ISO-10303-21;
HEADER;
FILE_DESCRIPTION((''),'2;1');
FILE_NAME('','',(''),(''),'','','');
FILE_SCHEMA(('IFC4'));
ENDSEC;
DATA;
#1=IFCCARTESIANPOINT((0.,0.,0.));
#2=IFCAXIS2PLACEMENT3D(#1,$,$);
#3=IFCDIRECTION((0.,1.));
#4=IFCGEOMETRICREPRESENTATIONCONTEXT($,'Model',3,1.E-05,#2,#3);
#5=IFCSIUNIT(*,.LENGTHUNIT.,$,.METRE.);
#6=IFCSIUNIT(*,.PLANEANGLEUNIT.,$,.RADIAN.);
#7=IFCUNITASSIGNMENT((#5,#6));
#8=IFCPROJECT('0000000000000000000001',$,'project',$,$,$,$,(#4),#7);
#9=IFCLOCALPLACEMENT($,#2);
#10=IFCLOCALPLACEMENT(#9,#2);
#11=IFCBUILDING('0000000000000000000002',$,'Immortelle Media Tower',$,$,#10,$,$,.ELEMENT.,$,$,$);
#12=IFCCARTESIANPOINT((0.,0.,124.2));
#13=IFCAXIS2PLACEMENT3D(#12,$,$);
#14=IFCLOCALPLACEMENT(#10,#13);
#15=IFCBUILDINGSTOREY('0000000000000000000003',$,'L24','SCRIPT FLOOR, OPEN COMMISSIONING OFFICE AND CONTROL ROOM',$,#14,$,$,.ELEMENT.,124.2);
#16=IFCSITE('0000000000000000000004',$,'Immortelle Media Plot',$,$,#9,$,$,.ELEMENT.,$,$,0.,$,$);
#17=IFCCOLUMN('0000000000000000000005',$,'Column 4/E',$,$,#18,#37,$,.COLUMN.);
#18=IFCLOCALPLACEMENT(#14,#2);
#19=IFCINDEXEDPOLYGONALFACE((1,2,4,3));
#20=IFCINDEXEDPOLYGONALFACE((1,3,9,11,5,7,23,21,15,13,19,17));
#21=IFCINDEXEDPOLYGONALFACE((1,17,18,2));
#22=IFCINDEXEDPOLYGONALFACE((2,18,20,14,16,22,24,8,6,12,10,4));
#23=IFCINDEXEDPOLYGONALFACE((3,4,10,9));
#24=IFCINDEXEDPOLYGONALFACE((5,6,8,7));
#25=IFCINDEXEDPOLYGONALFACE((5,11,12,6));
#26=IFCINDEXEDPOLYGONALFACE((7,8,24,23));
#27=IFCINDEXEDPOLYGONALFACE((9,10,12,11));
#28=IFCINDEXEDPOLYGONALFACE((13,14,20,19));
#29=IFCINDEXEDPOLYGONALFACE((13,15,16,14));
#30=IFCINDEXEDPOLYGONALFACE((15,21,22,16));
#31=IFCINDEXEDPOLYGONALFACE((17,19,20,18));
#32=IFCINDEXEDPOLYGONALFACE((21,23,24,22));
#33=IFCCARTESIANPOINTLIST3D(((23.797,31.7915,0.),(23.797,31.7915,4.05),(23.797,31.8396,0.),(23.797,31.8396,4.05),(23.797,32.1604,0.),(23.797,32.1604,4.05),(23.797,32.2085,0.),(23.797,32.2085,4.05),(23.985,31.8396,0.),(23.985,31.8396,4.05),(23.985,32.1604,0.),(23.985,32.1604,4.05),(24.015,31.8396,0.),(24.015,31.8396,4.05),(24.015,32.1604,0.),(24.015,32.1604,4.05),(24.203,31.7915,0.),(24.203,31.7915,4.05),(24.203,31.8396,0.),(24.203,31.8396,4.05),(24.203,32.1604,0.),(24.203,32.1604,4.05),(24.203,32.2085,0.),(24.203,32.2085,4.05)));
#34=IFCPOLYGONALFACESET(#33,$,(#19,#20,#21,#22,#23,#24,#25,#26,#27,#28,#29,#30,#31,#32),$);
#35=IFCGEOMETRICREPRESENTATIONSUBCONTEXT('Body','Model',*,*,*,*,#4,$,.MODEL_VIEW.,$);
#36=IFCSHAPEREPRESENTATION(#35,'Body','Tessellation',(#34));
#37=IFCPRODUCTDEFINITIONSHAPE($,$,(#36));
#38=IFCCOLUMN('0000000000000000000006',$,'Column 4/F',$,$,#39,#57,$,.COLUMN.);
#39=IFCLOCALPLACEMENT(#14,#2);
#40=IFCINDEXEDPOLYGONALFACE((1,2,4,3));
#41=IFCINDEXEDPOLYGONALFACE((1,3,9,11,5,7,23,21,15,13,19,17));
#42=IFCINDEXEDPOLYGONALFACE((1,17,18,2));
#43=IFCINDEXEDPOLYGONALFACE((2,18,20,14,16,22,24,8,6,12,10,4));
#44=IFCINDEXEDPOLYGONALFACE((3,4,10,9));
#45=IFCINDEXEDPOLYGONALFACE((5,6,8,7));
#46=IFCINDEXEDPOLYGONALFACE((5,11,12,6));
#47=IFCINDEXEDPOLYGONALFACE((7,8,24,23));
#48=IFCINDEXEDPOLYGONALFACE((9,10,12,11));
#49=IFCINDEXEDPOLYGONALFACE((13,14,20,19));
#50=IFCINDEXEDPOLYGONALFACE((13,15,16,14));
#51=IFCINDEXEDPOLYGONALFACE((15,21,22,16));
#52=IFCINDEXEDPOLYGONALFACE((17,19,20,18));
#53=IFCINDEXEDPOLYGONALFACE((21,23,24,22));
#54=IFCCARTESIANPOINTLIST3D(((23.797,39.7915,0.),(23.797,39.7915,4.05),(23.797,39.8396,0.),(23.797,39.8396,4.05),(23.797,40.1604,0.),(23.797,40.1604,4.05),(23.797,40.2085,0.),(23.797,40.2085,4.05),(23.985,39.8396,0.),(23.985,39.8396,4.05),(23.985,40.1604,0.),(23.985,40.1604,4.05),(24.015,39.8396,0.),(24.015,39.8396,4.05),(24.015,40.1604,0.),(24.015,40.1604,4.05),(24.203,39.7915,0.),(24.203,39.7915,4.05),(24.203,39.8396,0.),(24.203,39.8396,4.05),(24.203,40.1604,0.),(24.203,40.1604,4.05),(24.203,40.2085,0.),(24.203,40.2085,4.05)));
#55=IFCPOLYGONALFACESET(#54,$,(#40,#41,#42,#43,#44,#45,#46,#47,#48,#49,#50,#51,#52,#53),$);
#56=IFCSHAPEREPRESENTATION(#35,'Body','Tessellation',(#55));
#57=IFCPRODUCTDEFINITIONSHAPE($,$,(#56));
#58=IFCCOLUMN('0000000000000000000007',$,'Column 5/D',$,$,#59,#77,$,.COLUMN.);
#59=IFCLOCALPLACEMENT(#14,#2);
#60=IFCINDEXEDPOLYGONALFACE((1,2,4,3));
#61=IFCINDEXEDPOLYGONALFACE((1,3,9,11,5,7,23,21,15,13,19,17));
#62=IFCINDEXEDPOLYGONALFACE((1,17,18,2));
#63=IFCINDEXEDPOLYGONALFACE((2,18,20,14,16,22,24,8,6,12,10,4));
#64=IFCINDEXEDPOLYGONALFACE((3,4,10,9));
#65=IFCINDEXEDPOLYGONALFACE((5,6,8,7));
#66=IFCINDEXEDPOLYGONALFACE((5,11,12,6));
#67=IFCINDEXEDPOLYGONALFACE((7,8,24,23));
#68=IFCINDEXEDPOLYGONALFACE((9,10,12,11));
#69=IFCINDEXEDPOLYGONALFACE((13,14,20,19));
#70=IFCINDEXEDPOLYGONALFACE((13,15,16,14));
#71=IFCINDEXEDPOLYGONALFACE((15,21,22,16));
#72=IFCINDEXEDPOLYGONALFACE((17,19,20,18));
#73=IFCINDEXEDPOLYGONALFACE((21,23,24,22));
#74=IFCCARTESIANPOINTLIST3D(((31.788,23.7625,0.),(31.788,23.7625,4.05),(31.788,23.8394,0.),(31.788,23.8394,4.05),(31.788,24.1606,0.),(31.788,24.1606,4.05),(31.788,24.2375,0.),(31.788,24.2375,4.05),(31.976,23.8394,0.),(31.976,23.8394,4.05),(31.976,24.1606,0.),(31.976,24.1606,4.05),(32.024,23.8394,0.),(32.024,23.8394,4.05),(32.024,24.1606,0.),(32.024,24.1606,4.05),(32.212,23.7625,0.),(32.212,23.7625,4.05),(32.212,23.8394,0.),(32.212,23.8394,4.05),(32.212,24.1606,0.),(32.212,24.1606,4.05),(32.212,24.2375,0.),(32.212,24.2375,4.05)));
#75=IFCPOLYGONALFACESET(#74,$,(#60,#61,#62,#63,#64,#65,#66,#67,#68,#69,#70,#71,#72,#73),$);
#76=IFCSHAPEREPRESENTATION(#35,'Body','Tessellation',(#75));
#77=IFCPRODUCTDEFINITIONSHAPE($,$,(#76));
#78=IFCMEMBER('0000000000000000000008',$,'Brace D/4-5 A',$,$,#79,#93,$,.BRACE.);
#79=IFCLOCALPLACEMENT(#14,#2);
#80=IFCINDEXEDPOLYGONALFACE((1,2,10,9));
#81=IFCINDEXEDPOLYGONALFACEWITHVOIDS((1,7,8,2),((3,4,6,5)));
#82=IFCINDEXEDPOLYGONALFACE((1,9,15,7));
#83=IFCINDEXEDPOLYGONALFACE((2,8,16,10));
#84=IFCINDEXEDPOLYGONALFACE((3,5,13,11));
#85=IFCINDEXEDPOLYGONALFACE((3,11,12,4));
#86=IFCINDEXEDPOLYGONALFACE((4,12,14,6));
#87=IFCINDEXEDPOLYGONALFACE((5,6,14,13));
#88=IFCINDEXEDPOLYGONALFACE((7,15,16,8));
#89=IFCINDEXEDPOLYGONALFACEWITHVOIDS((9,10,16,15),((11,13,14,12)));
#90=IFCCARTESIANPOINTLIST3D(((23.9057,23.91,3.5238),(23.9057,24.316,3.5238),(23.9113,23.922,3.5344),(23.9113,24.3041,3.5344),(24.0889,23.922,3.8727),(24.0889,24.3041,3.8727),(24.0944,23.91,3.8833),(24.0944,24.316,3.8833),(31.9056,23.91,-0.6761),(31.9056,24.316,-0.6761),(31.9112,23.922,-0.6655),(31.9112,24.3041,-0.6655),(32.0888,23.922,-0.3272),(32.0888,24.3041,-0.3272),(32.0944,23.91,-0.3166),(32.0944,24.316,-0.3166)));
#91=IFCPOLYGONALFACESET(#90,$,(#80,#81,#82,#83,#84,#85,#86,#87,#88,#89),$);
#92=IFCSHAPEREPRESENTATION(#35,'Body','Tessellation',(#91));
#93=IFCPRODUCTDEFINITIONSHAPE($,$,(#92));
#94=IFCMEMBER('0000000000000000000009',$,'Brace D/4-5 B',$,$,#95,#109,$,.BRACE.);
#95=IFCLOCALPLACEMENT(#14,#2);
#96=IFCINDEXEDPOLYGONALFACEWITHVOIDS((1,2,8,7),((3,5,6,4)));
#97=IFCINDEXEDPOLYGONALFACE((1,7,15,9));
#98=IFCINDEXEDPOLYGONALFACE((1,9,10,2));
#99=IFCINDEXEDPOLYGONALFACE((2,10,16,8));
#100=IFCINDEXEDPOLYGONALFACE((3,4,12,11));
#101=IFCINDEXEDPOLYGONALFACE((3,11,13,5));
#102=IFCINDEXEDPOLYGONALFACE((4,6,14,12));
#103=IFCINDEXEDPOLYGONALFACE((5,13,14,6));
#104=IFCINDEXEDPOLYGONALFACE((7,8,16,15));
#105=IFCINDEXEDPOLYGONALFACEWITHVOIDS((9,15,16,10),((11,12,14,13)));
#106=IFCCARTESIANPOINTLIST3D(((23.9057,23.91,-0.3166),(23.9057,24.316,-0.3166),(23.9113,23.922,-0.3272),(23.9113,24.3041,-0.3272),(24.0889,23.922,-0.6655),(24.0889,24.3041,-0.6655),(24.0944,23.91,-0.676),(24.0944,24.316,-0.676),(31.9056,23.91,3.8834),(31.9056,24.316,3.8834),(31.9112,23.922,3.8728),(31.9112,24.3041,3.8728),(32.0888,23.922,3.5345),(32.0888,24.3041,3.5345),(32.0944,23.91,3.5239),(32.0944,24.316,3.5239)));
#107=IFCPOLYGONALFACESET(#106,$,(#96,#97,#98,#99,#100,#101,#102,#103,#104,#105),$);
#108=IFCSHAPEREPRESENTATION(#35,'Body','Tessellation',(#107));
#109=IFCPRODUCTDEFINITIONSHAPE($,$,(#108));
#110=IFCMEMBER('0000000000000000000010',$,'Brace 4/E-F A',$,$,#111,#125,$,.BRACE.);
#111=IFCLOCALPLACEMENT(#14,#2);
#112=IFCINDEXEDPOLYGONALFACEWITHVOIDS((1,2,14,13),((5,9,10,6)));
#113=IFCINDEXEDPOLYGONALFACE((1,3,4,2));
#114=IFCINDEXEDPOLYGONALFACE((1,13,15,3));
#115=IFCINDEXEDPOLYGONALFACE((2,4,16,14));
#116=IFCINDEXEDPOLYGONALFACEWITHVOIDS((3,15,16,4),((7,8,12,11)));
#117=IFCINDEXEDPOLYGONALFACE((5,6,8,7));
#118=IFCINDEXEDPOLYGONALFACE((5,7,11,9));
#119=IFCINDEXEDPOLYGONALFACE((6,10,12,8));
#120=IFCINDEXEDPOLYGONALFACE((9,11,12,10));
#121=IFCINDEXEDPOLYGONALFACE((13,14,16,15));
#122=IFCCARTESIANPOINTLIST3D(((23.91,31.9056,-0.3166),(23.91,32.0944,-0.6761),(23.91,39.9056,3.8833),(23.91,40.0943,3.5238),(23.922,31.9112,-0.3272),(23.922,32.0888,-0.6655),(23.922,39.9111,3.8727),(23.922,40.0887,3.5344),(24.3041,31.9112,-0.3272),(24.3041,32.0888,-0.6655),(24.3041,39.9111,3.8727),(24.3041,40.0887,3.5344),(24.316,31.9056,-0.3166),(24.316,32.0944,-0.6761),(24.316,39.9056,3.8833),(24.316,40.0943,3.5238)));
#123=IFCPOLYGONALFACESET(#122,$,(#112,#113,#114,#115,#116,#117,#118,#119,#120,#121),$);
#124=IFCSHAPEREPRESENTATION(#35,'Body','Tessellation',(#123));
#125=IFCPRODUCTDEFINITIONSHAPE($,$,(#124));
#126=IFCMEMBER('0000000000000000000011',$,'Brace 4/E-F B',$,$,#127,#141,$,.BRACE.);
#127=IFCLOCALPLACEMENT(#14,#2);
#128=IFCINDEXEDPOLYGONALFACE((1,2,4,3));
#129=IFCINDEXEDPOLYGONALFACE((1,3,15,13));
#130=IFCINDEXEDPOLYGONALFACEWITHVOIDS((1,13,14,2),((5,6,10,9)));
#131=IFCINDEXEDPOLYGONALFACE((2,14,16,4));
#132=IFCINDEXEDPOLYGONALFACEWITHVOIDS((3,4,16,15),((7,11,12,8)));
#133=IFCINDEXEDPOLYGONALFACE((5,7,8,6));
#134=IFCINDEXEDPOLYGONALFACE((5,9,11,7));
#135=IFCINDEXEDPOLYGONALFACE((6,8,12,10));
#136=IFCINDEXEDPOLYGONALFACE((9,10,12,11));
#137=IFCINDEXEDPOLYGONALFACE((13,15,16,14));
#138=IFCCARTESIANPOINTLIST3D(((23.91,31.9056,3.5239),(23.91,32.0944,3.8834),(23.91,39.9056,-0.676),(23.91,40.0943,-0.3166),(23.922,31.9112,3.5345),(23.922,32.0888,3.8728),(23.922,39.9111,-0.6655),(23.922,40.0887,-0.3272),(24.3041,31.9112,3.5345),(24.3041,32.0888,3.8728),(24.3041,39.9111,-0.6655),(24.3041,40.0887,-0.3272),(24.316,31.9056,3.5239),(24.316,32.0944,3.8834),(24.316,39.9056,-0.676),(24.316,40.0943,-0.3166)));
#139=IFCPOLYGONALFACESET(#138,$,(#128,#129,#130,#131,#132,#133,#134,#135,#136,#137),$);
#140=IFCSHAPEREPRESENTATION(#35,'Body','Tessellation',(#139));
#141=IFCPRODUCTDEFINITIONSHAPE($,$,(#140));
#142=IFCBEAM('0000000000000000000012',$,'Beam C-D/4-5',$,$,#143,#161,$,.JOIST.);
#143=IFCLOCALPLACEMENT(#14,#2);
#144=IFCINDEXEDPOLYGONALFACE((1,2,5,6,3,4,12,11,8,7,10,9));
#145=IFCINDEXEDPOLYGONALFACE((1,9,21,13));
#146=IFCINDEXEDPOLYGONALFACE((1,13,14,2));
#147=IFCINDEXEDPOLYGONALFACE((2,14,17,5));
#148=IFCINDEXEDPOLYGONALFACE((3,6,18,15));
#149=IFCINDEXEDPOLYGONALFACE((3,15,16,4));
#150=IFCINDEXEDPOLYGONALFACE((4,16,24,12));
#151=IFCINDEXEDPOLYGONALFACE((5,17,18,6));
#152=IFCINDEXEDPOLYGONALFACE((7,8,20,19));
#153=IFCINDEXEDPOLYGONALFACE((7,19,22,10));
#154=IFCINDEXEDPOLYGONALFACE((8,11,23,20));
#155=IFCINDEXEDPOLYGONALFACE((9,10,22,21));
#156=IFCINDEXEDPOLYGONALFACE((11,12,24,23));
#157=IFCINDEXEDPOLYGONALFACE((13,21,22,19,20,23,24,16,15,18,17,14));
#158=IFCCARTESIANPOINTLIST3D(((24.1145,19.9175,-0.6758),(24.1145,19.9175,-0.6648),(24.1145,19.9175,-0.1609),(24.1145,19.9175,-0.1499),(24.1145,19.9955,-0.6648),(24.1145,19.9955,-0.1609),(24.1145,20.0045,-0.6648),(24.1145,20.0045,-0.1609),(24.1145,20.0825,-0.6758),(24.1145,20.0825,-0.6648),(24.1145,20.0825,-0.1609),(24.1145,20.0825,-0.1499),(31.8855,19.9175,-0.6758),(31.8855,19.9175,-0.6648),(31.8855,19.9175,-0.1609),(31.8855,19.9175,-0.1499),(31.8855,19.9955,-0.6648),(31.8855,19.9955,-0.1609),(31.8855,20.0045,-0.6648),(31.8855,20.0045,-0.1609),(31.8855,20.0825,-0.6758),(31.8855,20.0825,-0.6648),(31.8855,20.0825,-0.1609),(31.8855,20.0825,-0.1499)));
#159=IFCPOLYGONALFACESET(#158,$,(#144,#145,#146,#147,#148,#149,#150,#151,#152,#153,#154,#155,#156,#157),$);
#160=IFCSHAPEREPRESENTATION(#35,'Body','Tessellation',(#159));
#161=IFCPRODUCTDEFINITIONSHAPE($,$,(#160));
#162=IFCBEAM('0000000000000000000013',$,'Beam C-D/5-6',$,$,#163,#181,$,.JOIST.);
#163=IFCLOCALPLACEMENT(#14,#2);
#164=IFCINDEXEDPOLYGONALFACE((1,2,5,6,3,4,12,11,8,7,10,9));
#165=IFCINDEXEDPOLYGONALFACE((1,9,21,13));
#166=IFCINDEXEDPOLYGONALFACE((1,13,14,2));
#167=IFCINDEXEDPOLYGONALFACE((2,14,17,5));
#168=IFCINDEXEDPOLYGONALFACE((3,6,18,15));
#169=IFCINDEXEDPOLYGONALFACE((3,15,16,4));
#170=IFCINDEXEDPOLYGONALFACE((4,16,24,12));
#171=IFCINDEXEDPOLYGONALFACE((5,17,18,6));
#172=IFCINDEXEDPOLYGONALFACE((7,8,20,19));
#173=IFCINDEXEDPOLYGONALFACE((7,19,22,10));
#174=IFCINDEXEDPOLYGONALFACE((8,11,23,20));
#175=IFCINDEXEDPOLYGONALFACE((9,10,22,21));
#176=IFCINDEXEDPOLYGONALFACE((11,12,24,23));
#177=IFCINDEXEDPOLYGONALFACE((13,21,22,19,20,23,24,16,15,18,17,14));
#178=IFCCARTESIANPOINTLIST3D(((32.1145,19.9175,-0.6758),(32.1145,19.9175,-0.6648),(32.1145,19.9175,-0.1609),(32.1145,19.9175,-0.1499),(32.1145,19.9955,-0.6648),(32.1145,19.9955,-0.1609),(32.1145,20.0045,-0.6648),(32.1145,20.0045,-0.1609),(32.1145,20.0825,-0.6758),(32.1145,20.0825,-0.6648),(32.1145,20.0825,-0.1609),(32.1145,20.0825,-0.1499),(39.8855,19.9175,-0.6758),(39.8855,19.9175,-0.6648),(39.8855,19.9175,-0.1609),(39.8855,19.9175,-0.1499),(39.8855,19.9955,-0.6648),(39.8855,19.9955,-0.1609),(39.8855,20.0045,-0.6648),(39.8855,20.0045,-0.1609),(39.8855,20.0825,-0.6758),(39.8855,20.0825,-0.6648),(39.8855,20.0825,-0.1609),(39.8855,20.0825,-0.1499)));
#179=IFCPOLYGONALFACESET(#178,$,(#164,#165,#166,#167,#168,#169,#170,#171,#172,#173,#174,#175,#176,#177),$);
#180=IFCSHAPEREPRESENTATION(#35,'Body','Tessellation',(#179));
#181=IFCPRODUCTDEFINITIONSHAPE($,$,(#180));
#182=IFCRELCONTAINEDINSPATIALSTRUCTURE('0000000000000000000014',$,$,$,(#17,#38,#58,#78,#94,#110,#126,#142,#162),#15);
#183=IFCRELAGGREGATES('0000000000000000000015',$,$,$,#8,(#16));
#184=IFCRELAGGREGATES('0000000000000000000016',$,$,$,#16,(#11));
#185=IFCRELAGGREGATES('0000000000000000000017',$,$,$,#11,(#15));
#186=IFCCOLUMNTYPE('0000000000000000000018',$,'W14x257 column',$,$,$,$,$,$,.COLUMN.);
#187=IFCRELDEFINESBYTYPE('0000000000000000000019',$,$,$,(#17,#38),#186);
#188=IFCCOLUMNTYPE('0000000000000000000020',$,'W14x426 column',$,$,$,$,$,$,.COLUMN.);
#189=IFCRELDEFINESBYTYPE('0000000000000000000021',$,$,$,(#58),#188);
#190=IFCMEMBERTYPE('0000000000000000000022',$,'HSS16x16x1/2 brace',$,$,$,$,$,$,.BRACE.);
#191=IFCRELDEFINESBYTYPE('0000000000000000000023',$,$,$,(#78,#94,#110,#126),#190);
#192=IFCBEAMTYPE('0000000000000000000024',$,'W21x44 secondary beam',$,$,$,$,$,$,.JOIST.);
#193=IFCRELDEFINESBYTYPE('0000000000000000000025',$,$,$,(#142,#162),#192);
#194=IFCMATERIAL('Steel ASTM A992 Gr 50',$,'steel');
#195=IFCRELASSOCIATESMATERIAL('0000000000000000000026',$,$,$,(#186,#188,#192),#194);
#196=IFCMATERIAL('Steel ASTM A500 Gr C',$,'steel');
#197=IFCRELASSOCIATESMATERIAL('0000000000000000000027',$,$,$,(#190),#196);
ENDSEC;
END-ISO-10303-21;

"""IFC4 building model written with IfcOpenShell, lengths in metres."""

from ifc_helpers import new_model, si_unit, direction, frame, origin, origin_2d, place, context, subcontext, project, spatial, hollow_rectangle, i_section, extrude, material, material_profile, profile_set, type_object, element, save


model = new_model("IFC4")

# Units and contexts
model_context = context("Model", 3, precision=1e-05, world=origin(), true_north=direction((0.0, 1.0)))
body_context = subcontext(model_context, "Body", "Model", "MODEL_VIEW")
ifc_project = project(units=[si_unit("LENGTHUNIT", "METRE"), si_unit("PLANEANGLEUNIT", "RADIAN")], contexts=[model_context])

# Site, building, storey
site_placement = place(None, origin())
site = spatial("IfcSite", under=ifc_project, at=site_placement, Name="Immortelle Media Plot", CompositionType="ELEMENT", RefElevation=0.0)
building_placement = place(site_placement, origin())
building = spatial("IfcBuilding", under=site, at=building_placement, Name="Immortelle Media Tower", CompositionType="ELEMENT")
storey_placement = place(building_placement, frame((0.0, 0.0, 124.2)))
storey = spatial("IfcBuildingStorey", under=building, at=storey_placement, Name="L24", Description="SCRIPT FLOOR, OPEN COMMISSIONING OFFICE AND CONTROL ROOM", CompositionType="ELEMENT", Elevation=124.2)

# Columns
ifc_material_1 = material(Name="Steel ASTM A992 Gr 50", Category="steel")
ifc_material_profile_1 = material_profile(ifc_material_1, i_section(OverallWidth=0.406, OverallDepth=0.417, WebThickness=0.03, FlangeThickness=0.0481, at=origin_2d()), Name="W14x257")
ifc_profile_set_1 = profile_set([ifc_material_profile_1], Name="Steel ASTM A992 Gr 50")
column_type_1 = type_object("IfcColumnType", Name="W14x257 column", PredefinedType="COLUMN", material=ifc_profile_set_1)
for number, where, z_axis, x_axis, name in (
    (1, (24.0, 32.0, 0.0), (0.0, 0.0, 1.0), (1.0, 0.0, 0.0), "Column 4/E"),
    (2, (24.0, 40.0, 0.0), (0.0, 0.0, 1.0), (1.0, 0.0, 0.0), "Column 4/F"),
):
    element("IfcColumn", number, at=place(storey_placement, frame(where, z_axis=z_axis, x_axis=x_axis)), inside=storey, type_object=column_type_1, Name=name, PredefinedType="COLUMN", context=body_context, shape_type="SweptSolid", body=[
        extrude(i_section(OverallWidth=0.406, OverallDepth=0.417, WebThickness=0.03, FlangeThickness=0.0481, at=origin_2d()), origin(), (0.0, 0.0, 1.0), 4.05),
    ])
ifc_material_profile_2 = material_profile(ifc_material_1, i_section(OverallWidth=0.4241, OverallDepth=0.4751, WebThickness=0.0481, FlangeThickness=0.0769, at=origin_2d()), Name="W14x426")
ifc_profile_set_2 = profile_set([ifc_material_profile_2], Name="Steel ASTM A992 Gr 50")
column_type_2 = type_object("IfcColumnType", Name="W14x426 column", PredefinedType="COLUMN", material=ifc_profile_set_2)
column_placement = place(storey_placement, frame((32.0, 24.0, 0.0), z_axis=(0.0, 0.0, 1.0), x_axis=(1.0, 0.0, 0.0)))
element("IfcColumn", 3, at=column_placement, inside=storey, type_object=column_type_2, Name="Column 5/D", PredefinedType="COLUMN", context=body_context, shape_type="SweptSolid", body=[
    extrude(i_section(OverallWidth=0.4241, OverallDepth=0.4751, WebThickness=0.0481, FlangeThickness=0.0769, at=origin_2d()), origin(), (0.0, 0.0, 1.0), 4.05),
])

# Members
ifc_material_2 = material(Name="Steel ASTM A500 Gr C", Category="steel")
ifc_material_profile_3 = material_profile(ifc_material_2, hollow_rectangle(XDim=0.406, YDim=0.406, WallThickness=0.012, at=origin_2d()), Name="HSS16x16x1/2 brace")
ifc_profile_set_3 = profile_set([ifc_material_profile_3], Name="Steel ASTM A500 Gr C")
member_type = type_object("IfcMemberType", Name="HSS16x16x1/2 brace", PredefinedType="BRACE", material=ifc_profile_set_3)
for number, where, z_axis, x_axis, name in (
    (4, (32.0, 24.113, -0.4963), (-0.8854, 0.0, 0.46483), (0.0, -1.0, 0.0), "Brace D/4-5 A"),
    (5, (32.0, 24.113, 3.7036), (-0.8854, 0.0, -0.46483), (0.0, -1.0, 0.0), "Brace D/4-5 B"),
    (6, (24.113, 32.0, -0.4963), (0.0, 0.8854, 0.46483), (-1.0, 0.0, 0.0), "Brace 4/E-F A"),
    (7, (24.113, 32.0, 3.7036), (0.0, 0.8854, -0.46483), (-1.0, 0.0, 0.0), "Brace 4/E-F B"),
):
    element("IfcMember", number, at=place(storey_placement, frame(where, z_axis=z_axis, x_axis=x_axis)), inside=storey, type_object=member_type, Name=name, PredefinedType="BRACE", context=body_context, shape_type="SweptSolid", body=[
        extrude(hollow_rectangle(XDim=0.406, YDim=0.406, WallThickness=0.012, at=origin_2d()), origin(), (0.0, 0.0, 1.0), 9.0354),
    ])

# Beams
ifc_material_profile_4 = material_profile(ifc_material_1, i_section(OverallWidth=0.165, OverallDepth=0.5259, WebThickness=0.009, FlangeThickness=0.011, at=origin_2d()), Name="W21x44")
ifc_profile_set_4 = profile_set([ifc_material_profile_4], Name="Steel ASTM A992 Gr 50")
beam_type_1 = type_object("IfcBeamType", Name="W21x44 secondary beam", PredefinedType="JOIST", material=ifc_profile_set_4)
for number, where, z_axis, x_axis, name in (
    (8, (24.1145, 20.0, -0.4128), (1.0, 0.0, 0.0), (0.0, 1.0, 0.0), "Beam C-D/4-5"),
    (9, (32.1145, 20.0, -0.4128), (1.0, 0.0, 0.0), (0.0, 1.0, 0.0), "Beam C-D/5-6"),
):
    element("IfcBeam", number, at=place(storey_placement, frame(where, z_axis=z_axis, x_axis=x_axis)), inside=storey, type_object=beam_type_1, Name=name, PredefinedType="JOIST", context=body_context, shape_type="SweptSolid", body=[
        extrude(i_section(OverallWidth=0.165, OverallDepth=0.5259, WebThickness=0.009, FlangeThickness=0.011, at=origin_2d()), origin(), (0.0, 0.0, 1.0), 7.771),
    ])

save(model, "model.ifc")
